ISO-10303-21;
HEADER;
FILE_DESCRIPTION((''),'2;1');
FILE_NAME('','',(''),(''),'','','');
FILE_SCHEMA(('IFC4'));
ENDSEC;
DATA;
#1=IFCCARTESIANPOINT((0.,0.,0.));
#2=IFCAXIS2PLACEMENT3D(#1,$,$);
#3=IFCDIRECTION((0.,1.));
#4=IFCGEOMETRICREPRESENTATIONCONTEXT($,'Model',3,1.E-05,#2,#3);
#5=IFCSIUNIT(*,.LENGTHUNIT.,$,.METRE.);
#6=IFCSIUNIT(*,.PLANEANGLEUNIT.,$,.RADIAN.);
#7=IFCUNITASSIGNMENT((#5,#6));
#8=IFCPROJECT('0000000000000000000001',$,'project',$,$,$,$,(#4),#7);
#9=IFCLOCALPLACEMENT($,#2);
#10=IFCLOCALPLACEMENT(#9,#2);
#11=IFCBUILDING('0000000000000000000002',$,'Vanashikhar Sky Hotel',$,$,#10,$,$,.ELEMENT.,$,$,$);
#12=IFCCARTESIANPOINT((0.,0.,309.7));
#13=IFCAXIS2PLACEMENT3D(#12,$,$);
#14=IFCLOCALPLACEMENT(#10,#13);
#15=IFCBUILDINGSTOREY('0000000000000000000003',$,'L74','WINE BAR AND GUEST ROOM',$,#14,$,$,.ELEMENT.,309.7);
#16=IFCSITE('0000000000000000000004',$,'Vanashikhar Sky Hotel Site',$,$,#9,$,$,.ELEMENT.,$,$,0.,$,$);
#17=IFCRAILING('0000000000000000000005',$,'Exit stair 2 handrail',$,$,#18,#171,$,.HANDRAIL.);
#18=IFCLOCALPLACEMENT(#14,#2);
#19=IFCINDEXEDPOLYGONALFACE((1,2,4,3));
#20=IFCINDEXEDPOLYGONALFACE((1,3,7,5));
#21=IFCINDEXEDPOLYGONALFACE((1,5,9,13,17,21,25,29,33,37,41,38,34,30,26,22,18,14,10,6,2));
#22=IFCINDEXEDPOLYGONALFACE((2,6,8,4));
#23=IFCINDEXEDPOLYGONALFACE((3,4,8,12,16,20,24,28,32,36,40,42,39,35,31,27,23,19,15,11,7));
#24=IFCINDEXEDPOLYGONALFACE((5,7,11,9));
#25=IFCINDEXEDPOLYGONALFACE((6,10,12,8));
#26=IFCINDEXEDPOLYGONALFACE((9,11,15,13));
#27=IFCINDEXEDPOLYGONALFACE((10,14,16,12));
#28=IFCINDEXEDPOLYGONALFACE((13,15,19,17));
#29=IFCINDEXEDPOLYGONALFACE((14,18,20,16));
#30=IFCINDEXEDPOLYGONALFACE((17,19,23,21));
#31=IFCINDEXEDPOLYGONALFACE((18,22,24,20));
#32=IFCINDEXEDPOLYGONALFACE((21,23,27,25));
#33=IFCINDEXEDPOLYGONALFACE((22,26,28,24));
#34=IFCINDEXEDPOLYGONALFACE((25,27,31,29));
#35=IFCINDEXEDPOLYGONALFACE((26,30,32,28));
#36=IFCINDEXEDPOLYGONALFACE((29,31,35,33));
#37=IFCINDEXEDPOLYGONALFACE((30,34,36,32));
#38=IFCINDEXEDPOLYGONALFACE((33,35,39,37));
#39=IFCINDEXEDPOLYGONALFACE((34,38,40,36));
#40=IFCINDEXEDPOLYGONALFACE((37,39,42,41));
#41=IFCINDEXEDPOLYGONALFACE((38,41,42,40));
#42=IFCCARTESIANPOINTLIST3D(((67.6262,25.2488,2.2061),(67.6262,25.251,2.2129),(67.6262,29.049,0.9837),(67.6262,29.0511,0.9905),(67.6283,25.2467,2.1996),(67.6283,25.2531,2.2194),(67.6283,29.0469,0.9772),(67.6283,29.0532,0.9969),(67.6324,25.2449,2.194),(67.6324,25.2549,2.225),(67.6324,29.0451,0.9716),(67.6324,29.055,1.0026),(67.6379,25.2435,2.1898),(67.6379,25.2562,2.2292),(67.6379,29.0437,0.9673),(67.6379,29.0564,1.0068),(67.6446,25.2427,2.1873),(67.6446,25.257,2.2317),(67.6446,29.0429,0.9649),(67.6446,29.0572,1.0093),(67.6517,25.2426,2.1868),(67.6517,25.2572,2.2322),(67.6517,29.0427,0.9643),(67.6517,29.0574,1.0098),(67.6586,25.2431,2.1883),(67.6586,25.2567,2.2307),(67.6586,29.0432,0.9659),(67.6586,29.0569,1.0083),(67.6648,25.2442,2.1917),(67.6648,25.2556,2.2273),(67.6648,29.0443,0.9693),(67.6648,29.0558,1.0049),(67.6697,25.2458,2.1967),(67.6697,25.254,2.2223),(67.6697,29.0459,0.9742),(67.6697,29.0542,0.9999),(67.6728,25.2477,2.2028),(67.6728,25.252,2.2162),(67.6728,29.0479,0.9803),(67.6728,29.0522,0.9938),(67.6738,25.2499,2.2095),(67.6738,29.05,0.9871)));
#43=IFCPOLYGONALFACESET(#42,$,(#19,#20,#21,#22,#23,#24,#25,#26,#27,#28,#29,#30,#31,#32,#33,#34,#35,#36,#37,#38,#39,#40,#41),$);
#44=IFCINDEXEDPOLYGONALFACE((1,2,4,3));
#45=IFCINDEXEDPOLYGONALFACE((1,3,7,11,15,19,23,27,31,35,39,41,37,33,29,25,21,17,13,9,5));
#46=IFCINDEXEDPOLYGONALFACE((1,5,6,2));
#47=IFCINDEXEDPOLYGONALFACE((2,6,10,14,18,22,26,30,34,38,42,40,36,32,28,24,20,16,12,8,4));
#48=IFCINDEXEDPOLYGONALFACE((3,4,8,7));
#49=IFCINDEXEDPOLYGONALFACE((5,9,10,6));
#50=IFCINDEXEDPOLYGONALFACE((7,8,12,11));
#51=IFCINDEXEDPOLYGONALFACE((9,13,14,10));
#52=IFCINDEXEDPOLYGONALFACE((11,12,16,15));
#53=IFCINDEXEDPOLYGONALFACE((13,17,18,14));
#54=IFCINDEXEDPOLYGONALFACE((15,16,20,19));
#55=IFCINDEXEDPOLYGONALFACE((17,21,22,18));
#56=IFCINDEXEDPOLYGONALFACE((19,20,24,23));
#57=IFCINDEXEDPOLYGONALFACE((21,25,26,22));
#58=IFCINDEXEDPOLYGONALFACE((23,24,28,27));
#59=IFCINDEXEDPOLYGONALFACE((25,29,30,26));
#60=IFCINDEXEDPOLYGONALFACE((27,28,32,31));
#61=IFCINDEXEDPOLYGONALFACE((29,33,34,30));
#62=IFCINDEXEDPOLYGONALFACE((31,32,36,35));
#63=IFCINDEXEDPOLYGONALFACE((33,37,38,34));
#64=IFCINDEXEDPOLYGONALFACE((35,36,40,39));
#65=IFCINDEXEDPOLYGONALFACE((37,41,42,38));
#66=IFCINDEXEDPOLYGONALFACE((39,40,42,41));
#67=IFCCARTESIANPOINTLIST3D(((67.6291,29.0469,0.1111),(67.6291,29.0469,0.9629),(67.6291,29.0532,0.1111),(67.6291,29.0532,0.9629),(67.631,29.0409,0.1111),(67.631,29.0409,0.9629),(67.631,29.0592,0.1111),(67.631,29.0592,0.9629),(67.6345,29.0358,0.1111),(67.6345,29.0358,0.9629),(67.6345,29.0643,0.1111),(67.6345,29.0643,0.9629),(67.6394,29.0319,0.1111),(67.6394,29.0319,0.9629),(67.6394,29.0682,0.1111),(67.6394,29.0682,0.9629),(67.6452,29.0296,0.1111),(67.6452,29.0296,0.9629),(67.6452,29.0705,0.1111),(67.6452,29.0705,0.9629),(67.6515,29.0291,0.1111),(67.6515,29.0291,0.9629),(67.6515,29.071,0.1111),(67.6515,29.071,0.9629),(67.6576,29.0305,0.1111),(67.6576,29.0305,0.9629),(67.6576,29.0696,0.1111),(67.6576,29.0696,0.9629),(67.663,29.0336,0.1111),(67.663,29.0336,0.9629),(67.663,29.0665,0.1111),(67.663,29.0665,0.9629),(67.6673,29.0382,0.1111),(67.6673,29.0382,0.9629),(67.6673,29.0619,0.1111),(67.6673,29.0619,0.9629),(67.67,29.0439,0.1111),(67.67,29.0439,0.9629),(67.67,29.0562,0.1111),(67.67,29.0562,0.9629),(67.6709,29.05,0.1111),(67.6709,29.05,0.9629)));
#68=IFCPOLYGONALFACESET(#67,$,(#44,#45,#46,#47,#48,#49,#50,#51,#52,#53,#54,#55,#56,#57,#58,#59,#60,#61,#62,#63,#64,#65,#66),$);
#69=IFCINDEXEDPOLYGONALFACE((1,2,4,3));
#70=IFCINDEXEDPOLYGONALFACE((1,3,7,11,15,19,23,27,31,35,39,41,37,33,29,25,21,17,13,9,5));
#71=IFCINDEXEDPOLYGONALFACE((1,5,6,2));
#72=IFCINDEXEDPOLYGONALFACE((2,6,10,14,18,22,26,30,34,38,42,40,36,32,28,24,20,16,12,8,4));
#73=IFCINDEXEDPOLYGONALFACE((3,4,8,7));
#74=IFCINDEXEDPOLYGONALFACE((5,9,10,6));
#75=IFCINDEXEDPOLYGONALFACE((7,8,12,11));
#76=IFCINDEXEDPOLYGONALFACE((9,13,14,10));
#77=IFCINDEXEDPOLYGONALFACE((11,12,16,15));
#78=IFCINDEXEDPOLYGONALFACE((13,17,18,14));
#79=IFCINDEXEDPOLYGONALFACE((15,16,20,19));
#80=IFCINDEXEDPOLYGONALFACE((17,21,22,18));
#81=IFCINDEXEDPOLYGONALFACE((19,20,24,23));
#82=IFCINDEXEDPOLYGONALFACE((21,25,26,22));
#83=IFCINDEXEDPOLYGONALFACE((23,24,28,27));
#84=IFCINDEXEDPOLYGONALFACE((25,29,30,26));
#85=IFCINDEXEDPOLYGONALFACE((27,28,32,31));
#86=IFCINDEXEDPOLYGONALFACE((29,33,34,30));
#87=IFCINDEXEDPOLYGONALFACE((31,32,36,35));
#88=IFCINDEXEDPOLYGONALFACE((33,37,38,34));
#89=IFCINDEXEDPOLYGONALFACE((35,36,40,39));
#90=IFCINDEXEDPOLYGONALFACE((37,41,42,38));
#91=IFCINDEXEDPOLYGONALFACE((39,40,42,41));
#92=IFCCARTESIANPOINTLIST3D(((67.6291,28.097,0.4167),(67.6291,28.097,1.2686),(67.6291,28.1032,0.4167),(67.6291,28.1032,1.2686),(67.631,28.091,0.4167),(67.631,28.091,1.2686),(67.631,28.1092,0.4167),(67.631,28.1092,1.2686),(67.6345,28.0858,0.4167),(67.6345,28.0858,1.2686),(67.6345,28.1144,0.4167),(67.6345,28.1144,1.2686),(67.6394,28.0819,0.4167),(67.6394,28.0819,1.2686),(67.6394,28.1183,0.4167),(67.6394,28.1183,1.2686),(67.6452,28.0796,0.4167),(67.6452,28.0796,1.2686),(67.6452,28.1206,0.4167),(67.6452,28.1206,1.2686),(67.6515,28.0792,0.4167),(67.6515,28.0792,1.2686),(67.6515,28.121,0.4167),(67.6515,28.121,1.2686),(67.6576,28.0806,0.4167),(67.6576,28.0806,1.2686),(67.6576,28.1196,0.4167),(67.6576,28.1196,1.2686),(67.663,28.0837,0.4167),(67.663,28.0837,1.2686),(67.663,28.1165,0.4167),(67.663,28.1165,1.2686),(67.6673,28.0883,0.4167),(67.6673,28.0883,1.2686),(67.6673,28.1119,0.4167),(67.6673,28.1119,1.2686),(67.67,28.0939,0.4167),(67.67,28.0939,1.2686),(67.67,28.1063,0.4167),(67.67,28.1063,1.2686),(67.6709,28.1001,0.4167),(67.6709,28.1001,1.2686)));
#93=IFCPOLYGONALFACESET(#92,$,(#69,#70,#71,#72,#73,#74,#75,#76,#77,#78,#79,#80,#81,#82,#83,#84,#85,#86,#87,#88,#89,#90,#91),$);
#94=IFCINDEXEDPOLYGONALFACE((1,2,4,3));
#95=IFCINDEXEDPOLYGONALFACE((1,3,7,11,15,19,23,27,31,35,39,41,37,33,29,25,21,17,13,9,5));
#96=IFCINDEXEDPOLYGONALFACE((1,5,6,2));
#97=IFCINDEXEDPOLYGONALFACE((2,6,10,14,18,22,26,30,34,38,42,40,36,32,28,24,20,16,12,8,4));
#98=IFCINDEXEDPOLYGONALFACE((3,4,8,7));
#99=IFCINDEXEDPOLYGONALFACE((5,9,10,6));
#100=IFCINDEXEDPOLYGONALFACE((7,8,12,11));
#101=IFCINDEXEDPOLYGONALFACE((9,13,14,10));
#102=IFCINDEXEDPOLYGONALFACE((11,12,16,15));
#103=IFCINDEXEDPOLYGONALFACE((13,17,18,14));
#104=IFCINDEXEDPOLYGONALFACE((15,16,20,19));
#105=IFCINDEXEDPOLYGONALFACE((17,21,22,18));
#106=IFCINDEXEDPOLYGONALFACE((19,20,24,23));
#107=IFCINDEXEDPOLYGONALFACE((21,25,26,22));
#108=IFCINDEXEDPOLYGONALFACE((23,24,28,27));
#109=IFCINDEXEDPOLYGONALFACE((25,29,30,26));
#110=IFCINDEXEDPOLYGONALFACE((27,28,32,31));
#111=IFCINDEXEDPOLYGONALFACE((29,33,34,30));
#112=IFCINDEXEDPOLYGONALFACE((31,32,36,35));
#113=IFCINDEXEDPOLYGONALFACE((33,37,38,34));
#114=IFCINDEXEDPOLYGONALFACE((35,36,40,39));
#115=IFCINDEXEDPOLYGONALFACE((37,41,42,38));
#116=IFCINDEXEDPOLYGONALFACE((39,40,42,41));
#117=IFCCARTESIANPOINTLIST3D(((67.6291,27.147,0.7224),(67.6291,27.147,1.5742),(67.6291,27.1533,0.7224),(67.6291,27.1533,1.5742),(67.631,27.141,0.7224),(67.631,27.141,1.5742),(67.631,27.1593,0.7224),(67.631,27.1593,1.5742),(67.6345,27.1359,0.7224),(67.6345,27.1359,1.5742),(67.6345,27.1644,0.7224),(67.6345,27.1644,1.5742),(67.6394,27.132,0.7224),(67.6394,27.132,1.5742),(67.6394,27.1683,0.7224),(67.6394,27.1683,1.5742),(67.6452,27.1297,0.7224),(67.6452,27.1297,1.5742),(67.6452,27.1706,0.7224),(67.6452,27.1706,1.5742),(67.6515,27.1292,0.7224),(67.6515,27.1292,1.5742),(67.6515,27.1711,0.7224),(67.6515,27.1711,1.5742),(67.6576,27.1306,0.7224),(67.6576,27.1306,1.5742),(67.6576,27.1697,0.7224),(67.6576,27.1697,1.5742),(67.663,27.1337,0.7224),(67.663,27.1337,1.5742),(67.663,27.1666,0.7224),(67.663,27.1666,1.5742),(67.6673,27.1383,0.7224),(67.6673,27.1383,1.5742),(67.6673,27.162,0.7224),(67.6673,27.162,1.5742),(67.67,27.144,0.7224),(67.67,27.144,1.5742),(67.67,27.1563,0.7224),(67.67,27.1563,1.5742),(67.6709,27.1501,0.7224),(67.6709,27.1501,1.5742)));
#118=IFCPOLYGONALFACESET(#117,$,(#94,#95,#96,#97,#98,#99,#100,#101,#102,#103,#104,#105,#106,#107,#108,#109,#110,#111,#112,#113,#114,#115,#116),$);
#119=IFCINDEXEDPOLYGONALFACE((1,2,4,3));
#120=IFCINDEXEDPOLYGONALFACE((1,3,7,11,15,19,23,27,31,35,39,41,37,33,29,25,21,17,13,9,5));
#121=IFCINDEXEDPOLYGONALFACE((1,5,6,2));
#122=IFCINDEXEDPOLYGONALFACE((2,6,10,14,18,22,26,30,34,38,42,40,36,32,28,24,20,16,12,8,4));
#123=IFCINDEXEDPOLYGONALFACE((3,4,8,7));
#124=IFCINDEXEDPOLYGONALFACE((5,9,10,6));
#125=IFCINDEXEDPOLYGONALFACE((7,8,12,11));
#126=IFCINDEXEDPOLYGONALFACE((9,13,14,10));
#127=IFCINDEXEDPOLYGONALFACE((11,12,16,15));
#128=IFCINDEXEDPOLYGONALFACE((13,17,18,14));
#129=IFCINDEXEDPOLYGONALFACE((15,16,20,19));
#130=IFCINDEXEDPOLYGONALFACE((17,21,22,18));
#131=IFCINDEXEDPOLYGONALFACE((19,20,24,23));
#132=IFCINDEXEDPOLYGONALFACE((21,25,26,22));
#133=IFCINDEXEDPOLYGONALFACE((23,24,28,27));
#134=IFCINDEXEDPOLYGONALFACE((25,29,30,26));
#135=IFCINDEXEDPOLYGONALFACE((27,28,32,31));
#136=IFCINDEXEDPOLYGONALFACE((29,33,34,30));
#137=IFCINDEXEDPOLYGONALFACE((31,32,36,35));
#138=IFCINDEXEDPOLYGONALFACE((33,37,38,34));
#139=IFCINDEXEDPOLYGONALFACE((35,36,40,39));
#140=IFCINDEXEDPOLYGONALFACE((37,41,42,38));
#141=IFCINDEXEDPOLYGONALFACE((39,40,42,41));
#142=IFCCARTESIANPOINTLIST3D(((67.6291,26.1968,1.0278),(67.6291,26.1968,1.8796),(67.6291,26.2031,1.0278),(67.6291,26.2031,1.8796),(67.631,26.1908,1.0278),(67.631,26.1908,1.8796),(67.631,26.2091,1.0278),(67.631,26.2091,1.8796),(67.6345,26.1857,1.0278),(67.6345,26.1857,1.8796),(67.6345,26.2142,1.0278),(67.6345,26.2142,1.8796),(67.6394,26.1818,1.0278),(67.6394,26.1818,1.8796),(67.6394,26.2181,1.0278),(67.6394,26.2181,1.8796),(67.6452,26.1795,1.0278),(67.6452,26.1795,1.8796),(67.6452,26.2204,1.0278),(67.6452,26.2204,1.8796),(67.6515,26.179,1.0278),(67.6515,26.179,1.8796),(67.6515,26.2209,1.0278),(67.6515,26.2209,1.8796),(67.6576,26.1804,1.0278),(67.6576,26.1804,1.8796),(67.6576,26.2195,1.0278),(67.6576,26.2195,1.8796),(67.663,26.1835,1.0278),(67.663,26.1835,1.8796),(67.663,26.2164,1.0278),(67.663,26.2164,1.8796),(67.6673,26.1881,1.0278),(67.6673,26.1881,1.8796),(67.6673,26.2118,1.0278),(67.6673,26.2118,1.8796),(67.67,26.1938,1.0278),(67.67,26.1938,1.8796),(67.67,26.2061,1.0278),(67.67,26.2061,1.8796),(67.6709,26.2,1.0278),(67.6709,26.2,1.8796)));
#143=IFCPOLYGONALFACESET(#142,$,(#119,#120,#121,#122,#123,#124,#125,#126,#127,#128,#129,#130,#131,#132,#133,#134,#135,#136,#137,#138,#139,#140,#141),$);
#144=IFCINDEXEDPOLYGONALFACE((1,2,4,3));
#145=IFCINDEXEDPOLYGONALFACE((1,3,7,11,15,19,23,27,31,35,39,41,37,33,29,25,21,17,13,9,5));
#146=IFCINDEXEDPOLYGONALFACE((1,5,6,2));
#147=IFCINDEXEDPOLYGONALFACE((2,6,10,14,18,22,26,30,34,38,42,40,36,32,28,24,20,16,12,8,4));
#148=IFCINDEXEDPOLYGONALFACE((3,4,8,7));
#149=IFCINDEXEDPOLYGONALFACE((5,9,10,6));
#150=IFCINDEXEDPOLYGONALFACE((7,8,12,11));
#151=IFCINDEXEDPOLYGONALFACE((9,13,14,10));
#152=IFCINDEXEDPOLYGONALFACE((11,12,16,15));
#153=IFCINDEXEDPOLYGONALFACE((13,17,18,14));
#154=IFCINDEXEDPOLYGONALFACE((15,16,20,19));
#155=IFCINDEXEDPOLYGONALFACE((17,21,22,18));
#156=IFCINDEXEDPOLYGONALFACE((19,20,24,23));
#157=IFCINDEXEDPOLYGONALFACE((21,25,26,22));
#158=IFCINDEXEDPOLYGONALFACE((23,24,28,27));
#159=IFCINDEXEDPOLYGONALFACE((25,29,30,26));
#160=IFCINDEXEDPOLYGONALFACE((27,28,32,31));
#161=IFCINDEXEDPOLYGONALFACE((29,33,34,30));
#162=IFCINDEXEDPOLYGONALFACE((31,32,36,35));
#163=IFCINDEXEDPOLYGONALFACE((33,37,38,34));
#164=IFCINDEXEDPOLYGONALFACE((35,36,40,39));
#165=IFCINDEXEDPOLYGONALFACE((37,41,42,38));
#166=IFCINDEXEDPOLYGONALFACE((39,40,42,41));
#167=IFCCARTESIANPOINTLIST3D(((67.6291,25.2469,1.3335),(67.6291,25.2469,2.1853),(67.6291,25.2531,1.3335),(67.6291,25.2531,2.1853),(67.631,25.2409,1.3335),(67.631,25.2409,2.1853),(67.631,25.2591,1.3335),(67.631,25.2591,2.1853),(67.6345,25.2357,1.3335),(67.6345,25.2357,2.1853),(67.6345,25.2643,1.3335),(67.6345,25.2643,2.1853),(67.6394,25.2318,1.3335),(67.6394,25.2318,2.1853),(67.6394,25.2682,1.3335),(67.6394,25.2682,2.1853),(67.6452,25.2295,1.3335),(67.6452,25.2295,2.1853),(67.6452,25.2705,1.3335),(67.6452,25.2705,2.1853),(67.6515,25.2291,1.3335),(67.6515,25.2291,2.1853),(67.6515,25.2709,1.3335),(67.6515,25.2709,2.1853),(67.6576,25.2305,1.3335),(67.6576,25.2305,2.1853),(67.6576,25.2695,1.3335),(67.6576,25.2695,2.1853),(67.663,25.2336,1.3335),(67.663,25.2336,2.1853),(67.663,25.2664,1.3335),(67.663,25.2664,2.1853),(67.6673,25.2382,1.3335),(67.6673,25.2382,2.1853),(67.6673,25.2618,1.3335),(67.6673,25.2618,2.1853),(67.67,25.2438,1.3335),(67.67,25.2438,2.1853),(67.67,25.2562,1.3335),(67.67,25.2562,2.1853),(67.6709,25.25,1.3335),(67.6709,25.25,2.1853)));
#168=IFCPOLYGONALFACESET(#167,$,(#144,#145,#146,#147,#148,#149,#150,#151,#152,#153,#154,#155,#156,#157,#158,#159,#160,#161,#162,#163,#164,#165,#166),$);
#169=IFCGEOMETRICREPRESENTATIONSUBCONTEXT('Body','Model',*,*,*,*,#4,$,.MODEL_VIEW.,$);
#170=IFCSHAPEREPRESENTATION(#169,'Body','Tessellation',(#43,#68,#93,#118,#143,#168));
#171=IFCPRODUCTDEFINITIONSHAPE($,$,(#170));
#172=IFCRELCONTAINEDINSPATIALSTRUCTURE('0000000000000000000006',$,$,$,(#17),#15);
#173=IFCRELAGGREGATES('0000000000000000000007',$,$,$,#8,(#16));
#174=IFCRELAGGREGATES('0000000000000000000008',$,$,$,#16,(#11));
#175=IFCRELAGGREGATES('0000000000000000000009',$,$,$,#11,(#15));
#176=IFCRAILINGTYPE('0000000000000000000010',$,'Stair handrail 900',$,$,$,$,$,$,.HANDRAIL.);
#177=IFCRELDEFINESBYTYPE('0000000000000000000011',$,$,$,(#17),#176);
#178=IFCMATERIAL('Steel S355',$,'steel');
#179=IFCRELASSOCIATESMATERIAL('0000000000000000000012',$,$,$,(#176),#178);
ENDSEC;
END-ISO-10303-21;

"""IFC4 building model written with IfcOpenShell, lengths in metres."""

from ifc_helpers import new_model, si_unit, direction, frame, origin, origin_2d, place, context, subcontext, project, spatial, circle, extrude, source, transform, mapped, material, type_object, element, save


model = new_model("IFC4")

# Units and contexts
model_context = context("Model", 3, precision=1e-05, world=origin(), true_north=direction((0.0, 1.0)))
body_context = subcontext(model_context, "Body", "Model", "MODEL_VIEW")
ifc_project = project(units=[si_unit("LENGTHUNIT", "METRE"), si_unit("PLANEANGLEUNIT", "RADIAN")], contexts=[model_context])

# Site, building, storey
site_placement = place(None, origin())
site = spatial("IfcSite", under=ifc_project, at=site_placement, Name="Vanashikhar Sky Hotel Site", CompositionType="ELEMENT", RefElevation=0.0)
building_placement = place(site_placement, origin())
building = spatial("IfcBuilding", under=site, at=building_placement, Name="Vanashikhar Sky Hotel", CompositionType="ELEMENT")
storey_placement = place(building_placement, frame((0.0, 0.0, 309.7)))
storey = spatial("IfcBuildingStorey", under=building, at=storey_placement, Name="L74", Description="WINE BAR AND GUEST ROOM", CompositionType="ELEMENT", Elevation=309.7)

# Railing
ifc_material_1 = material(Name="Steel S355", Category="steel")
railing_type_1 = type_object("IfcRailingType", Name="Stair handrail 900", PredefinedType="HANDRAIL", material=ifc_material_1)
shared_shape_1 = source(origin(), body_context, "Body", "SweptSolid", [
    extrude(circle(Radius=0.0239, at=origin_2d()), frame((0.0, 0.0, 0.876), z_axis=(0.0, -0.951958, 0.306229), x_axis=(1.0, 0.0, 0.0)), (0.0, 0.0, 1.0), 3.9919),
    extrude(circle(Radius=0.021, at=origin_2d()), origin(), (0.0, 0.0, 1.0), 0.8518),
    extrude(circle(Radius=0.021, at=origin_2d()), frame((0.0, -0.95, 0.3057)), (0.0, 0.0, 1.0), 0.8518),
    extrude(circle(Radius=0.021, at=origin_2d()), frame((0.0, -1.8999, 0.6113)), (0.0, 0.0, 1.0), 0.8518),
    extrude(circle(Radius=0.021, at=origin_2d()), frame((0.0, -2.8501, 0.9167)), (0.0, 0.0, 1.0), 0.8518),
    extrude(circle(Radius=0.021, at=origin_2d()), frame((0.0, -3.8, 1.2224)), (0.0, 0.0, 1.0), 0.8518),
])
for number, where, name in (
    (1, (67.6499, 29.05, 0.1111), "Exit stair 2 handrail"),
):
    element("IfcRailing", number, at=place(storey_placement, frame(where)), inside=storey, type_object=railing_type_1, Name=name, PredefinedType="HANDRAIL", context=body_context, shape_type="MappedRepresentation", body=[
        mapped(shared_shape_1, transform((0.0, 0.0, 0.0), scale=1.0)),
    ])

save(model, "model.ifc")
